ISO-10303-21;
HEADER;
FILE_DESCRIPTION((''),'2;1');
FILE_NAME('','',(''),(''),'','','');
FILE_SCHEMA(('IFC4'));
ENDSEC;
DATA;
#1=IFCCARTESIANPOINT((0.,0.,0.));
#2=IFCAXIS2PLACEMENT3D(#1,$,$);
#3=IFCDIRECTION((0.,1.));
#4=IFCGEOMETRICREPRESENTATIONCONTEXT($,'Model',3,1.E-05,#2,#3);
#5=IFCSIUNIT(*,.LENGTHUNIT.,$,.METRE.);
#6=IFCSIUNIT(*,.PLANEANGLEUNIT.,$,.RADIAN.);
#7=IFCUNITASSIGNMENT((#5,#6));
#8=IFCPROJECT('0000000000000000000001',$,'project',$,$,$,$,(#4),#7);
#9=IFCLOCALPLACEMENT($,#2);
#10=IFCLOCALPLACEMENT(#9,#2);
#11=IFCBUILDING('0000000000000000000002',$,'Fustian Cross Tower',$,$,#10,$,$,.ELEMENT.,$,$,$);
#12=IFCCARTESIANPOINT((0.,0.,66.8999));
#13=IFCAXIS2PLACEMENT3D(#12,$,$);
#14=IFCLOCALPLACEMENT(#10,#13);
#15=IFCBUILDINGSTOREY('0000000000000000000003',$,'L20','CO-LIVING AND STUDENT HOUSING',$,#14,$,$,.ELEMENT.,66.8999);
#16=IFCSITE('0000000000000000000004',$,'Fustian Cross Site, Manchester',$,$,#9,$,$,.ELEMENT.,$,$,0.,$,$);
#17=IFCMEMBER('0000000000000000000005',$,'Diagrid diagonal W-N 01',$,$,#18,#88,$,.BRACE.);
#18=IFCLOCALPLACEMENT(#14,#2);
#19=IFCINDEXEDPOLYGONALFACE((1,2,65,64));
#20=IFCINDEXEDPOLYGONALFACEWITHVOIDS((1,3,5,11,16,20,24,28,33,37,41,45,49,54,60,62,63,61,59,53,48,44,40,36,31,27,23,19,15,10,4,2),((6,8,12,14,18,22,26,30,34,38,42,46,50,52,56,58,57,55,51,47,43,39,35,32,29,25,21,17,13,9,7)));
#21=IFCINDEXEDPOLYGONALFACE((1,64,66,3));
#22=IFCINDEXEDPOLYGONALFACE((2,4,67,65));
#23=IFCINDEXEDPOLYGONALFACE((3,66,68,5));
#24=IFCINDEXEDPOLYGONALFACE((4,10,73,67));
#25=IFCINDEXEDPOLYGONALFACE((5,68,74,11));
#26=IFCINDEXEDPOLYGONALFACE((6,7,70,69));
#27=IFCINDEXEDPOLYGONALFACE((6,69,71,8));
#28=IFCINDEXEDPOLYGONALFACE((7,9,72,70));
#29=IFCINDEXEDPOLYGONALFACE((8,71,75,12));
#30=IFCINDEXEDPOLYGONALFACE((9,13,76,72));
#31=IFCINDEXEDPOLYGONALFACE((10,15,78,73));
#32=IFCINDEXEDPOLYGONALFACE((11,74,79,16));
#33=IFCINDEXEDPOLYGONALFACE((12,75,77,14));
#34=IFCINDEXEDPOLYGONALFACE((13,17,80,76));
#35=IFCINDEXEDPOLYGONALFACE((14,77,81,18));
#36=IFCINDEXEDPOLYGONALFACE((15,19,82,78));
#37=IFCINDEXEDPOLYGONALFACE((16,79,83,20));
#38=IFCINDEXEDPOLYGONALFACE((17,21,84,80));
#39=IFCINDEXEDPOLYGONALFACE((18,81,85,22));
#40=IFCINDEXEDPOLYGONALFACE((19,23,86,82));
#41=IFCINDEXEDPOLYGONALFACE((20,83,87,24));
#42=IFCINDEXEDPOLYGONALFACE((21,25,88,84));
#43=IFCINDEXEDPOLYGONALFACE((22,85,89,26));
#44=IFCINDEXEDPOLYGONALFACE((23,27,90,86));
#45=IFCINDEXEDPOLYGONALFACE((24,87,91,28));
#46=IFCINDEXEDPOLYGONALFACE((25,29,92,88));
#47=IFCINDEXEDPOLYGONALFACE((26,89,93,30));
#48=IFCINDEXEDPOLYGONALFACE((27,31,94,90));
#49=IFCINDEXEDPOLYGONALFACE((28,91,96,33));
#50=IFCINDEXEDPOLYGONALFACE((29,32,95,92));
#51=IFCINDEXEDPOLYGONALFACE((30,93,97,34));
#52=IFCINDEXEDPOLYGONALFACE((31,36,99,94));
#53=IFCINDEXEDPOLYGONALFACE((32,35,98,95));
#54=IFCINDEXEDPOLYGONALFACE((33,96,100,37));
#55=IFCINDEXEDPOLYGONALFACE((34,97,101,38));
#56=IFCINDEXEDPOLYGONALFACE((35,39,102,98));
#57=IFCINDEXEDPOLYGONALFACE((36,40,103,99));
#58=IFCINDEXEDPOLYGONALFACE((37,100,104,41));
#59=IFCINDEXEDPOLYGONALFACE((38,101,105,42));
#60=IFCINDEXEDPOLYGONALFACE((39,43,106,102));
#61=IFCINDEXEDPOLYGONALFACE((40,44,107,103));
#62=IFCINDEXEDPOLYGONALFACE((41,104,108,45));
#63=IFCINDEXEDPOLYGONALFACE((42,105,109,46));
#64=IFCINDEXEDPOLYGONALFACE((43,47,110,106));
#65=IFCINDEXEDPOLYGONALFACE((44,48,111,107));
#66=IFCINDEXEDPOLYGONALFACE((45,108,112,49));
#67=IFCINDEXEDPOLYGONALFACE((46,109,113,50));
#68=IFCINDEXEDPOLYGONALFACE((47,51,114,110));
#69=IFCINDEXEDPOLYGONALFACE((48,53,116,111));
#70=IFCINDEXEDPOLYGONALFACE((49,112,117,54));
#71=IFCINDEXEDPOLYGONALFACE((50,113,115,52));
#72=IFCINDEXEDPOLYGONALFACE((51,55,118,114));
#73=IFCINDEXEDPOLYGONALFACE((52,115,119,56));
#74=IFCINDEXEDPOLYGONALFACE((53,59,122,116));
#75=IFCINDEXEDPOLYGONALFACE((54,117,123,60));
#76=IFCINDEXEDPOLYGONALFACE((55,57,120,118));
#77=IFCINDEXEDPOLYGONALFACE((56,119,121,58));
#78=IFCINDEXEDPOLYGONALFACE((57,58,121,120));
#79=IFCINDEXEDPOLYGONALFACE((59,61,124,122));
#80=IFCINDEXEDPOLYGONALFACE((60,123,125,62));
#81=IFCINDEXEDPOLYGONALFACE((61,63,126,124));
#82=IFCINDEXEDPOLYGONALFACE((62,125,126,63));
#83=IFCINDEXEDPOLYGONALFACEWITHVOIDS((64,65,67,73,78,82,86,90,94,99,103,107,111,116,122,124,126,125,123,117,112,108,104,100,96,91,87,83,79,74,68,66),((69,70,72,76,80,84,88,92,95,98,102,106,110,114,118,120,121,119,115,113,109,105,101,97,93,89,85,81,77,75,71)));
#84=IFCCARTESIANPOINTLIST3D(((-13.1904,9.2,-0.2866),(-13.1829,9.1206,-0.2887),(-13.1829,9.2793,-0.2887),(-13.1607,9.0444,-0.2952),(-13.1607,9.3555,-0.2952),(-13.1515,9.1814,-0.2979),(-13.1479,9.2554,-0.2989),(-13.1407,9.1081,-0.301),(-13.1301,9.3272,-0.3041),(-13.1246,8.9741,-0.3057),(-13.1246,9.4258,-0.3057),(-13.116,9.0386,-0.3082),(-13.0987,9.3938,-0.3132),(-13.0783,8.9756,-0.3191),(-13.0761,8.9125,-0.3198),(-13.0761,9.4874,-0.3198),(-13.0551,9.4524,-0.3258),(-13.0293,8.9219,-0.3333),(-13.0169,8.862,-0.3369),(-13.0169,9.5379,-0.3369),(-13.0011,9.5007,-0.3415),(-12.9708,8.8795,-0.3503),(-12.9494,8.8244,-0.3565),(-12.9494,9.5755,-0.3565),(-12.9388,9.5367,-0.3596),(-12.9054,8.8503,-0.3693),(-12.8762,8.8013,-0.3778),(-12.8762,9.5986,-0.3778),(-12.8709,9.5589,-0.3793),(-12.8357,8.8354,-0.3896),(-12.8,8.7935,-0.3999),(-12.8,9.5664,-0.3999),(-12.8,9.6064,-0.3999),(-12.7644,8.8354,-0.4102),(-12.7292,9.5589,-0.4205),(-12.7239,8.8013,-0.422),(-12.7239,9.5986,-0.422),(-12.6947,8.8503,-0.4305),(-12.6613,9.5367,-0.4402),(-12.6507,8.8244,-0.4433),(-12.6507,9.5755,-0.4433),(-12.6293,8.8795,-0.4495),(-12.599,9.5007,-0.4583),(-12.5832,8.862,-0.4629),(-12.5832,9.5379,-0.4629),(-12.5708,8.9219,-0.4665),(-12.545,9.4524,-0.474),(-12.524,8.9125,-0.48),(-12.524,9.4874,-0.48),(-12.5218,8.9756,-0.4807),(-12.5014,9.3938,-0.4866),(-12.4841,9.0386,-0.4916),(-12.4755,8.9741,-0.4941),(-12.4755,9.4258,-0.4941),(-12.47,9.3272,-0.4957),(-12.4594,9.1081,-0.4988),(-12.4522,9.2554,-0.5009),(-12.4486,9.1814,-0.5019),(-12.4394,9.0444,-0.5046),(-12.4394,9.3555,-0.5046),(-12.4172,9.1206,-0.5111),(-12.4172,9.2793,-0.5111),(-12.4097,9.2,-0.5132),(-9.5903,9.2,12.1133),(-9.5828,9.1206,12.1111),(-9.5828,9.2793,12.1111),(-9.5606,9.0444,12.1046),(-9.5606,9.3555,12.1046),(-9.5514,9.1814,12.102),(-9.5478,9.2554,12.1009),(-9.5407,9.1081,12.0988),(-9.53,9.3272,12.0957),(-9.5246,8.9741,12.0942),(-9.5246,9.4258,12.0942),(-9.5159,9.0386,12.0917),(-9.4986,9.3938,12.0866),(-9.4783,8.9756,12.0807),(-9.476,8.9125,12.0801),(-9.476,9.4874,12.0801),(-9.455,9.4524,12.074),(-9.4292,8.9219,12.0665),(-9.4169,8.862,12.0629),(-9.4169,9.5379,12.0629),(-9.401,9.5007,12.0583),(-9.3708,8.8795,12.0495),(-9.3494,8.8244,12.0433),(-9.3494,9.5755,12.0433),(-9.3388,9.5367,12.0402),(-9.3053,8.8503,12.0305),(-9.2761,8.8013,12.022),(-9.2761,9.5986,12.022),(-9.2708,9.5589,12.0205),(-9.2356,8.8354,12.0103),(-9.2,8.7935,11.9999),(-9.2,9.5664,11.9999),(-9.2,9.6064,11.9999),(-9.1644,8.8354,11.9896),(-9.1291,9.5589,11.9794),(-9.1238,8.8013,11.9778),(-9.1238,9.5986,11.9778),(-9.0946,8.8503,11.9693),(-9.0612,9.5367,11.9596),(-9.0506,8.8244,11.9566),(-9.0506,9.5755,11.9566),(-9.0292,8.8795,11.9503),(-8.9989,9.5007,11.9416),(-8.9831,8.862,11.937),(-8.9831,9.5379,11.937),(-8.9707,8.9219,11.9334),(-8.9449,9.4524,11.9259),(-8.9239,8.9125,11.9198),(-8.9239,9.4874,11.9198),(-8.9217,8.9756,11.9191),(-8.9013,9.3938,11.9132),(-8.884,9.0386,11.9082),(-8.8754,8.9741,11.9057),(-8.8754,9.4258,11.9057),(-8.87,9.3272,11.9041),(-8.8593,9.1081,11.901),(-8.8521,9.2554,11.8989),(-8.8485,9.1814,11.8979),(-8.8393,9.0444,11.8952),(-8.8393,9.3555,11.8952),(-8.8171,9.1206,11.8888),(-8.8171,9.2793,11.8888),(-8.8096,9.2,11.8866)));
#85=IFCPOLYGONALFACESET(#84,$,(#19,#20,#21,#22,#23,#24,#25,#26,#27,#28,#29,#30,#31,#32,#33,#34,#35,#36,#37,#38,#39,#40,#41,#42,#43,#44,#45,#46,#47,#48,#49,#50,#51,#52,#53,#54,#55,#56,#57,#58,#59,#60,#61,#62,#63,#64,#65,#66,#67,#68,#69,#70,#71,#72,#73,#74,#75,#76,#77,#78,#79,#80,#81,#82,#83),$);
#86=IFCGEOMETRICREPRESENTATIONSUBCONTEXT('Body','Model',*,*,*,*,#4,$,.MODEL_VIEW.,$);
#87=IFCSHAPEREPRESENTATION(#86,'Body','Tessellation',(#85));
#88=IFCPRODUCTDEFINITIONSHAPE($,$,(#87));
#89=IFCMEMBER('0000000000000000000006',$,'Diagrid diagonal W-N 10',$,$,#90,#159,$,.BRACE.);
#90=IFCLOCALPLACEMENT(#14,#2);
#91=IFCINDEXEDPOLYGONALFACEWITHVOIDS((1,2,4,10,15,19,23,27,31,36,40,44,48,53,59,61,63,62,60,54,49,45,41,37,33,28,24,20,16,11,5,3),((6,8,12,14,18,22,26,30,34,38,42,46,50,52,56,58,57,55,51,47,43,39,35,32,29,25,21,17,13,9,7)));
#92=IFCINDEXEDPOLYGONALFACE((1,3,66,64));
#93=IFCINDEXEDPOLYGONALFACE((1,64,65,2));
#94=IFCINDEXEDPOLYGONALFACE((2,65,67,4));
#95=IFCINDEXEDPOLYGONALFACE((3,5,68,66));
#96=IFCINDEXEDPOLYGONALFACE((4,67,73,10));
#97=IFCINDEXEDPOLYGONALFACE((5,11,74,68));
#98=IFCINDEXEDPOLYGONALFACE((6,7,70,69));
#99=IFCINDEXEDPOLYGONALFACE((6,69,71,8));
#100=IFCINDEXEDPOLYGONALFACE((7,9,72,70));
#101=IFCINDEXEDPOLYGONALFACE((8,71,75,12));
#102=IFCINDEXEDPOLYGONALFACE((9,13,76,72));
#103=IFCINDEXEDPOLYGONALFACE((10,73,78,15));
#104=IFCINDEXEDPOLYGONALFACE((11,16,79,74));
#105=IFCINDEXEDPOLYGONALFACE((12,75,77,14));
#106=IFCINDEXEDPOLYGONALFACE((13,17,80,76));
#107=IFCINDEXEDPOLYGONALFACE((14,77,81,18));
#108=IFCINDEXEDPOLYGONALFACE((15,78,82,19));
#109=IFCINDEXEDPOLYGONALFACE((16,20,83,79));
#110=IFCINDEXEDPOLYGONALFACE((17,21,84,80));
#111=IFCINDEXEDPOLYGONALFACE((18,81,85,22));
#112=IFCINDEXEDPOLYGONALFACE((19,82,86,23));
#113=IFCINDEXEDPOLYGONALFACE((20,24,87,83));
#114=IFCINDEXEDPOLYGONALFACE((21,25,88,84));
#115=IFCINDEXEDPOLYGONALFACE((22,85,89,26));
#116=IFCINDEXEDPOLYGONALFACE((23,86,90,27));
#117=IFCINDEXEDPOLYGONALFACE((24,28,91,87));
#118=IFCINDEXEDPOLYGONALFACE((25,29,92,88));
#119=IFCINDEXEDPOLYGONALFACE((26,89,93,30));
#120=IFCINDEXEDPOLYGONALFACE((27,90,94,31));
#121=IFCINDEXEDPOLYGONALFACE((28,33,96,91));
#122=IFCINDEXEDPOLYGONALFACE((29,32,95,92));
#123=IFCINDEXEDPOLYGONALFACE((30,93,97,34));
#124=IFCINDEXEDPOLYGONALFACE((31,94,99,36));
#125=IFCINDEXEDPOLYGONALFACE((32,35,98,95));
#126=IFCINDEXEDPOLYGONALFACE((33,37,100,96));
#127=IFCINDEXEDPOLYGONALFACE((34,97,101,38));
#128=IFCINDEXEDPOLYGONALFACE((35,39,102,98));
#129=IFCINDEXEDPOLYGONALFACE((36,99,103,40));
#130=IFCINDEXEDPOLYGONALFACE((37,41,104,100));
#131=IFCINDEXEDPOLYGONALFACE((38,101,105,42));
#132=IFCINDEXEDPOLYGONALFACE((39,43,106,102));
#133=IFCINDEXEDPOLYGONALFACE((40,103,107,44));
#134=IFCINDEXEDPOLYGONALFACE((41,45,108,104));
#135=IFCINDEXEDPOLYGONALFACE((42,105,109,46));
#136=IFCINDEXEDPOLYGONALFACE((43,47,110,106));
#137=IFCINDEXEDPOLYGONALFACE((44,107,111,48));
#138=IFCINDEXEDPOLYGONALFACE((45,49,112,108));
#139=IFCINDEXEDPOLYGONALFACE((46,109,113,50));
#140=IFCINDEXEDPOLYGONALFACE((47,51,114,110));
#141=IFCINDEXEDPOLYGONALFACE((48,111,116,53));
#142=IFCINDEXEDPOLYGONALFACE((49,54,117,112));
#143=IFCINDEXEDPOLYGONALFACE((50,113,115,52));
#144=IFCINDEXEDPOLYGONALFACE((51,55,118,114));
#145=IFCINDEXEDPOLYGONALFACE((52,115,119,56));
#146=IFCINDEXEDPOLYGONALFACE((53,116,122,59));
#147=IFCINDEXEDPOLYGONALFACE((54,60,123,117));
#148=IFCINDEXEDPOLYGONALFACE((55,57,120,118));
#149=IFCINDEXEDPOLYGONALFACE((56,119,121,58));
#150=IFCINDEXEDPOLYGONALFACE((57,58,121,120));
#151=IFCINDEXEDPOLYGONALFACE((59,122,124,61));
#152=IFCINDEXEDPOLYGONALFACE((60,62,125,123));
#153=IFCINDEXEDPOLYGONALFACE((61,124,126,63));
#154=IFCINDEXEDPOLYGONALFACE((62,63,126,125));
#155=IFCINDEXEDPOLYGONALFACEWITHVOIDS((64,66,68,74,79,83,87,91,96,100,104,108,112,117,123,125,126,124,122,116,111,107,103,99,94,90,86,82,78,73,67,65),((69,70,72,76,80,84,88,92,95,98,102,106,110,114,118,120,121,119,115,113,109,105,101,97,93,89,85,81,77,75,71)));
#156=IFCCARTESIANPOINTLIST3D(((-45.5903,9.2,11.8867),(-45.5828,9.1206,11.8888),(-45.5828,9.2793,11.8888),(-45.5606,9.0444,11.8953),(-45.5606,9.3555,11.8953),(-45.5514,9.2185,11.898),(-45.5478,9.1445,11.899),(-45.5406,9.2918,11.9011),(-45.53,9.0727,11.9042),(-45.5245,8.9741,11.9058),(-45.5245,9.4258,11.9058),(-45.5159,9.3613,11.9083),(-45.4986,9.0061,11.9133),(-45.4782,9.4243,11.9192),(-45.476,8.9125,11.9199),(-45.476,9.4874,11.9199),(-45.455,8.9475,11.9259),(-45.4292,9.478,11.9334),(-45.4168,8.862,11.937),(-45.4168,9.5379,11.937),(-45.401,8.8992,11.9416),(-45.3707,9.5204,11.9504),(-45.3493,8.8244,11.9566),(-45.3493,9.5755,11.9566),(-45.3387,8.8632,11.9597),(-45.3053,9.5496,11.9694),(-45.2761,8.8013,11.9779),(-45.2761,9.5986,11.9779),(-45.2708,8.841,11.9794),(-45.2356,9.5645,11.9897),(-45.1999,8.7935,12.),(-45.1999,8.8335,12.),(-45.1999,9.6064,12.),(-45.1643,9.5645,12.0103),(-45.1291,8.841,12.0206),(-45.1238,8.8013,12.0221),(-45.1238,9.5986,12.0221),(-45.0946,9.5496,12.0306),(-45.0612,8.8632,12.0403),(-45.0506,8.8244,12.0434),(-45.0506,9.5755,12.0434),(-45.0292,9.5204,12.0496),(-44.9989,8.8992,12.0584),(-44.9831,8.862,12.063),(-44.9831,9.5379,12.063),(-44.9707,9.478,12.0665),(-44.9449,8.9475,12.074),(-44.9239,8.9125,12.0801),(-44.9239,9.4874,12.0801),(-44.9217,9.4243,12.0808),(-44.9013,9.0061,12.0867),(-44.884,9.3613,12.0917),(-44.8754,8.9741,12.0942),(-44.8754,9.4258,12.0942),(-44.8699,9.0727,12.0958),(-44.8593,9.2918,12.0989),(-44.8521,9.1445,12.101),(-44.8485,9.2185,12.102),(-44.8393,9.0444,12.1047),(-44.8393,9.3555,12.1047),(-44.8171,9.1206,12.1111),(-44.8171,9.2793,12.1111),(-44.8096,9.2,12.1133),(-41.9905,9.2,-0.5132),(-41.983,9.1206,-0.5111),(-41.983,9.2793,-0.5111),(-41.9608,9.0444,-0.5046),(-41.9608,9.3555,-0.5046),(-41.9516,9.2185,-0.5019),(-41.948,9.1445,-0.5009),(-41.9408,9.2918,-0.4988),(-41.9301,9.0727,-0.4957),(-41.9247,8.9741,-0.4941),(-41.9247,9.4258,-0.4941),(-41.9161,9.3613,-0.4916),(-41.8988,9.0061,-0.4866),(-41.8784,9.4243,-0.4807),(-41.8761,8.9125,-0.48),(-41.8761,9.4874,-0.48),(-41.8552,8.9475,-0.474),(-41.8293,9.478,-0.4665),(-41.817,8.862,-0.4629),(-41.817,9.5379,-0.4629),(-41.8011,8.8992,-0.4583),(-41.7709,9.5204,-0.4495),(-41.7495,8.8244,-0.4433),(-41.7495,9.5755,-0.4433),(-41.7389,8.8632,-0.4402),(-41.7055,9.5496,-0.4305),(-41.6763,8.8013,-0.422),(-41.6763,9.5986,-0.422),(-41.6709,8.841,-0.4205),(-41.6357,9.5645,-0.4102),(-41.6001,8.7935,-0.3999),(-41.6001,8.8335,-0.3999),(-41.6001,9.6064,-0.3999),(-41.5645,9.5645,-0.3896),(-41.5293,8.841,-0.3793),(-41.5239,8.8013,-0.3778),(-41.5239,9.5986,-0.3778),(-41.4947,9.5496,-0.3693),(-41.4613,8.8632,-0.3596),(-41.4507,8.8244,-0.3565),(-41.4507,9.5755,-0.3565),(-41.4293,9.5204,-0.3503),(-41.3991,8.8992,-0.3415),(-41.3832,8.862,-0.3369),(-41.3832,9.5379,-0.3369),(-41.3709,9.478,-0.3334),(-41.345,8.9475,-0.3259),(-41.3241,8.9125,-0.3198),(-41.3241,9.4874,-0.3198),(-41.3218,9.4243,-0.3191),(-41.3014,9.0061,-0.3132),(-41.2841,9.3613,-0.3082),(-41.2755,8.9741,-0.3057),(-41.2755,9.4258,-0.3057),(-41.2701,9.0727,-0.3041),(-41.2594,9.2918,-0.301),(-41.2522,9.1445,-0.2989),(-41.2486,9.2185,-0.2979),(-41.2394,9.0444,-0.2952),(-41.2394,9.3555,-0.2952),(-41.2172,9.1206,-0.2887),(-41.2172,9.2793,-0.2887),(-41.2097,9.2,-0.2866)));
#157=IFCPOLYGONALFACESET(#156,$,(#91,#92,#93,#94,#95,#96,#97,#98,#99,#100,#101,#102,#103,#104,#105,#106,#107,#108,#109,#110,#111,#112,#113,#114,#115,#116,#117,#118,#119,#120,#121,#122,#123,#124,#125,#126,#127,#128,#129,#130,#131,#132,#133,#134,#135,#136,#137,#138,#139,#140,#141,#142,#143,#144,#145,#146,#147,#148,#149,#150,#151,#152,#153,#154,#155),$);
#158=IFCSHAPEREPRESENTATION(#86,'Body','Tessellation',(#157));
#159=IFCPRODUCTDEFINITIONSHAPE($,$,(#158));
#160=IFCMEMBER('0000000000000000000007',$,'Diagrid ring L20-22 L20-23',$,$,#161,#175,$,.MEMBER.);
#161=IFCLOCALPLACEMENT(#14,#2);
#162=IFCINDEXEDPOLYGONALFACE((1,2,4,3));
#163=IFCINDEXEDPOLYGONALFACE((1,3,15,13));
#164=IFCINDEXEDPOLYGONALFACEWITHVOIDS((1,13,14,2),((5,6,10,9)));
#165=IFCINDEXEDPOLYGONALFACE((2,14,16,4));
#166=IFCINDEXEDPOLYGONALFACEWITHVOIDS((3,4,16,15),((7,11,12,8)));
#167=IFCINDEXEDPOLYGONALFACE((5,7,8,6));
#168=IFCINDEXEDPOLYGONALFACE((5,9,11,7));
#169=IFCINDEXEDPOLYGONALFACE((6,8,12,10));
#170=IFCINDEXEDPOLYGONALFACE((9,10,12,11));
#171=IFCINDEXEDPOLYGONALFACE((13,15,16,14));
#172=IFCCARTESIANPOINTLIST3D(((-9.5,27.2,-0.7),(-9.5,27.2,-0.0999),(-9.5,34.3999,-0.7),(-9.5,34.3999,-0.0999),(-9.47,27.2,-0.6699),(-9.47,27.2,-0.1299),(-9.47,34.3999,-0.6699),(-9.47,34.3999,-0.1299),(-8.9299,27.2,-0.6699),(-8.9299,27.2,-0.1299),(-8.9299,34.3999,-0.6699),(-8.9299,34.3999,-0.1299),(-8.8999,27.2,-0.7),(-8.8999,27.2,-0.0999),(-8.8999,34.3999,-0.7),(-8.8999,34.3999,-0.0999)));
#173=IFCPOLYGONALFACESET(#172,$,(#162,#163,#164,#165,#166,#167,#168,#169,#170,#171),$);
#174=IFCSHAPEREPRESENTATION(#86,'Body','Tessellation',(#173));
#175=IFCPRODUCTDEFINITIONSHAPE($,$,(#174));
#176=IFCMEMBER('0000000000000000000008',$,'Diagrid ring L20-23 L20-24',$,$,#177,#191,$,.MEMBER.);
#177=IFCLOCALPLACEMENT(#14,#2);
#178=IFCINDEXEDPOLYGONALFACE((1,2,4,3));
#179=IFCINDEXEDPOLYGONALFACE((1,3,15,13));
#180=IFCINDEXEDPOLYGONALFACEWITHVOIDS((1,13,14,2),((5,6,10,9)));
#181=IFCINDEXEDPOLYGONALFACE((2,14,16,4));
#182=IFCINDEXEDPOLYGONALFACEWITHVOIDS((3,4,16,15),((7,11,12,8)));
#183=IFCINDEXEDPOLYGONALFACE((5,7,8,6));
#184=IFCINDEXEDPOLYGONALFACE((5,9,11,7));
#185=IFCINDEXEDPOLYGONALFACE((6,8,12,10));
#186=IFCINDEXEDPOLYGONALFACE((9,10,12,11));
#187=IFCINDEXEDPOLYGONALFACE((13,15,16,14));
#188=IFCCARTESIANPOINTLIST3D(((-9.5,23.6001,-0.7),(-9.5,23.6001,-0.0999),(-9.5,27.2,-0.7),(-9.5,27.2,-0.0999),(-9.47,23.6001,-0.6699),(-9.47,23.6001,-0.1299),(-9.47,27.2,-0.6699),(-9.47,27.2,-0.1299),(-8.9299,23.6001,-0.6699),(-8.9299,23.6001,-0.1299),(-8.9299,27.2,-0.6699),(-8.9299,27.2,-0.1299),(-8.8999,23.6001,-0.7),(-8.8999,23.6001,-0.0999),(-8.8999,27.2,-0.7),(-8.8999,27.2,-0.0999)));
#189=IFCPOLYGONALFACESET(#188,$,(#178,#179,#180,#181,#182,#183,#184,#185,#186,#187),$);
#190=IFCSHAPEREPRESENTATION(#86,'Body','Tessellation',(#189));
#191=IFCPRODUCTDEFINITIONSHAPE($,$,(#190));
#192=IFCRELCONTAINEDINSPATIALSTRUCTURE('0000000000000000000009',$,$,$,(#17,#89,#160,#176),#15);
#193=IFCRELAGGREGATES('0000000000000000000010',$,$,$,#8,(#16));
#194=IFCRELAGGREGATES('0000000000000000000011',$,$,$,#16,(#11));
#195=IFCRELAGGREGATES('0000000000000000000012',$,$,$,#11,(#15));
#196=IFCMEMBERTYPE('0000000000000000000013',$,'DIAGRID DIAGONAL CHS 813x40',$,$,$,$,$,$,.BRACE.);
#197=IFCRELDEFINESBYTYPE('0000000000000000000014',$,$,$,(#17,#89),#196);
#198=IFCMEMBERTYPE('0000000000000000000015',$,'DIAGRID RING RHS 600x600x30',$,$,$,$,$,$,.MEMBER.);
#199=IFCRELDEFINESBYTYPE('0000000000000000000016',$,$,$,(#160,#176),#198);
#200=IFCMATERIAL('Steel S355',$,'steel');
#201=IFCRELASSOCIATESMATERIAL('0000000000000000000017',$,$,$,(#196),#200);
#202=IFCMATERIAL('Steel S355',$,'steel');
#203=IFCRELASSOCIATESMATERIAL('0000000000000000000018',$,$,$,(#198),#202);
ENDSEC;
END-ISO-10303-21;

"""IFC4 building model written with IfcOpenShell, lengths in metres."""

from ifc_helpers import new_model, si_unit, direction, frame, origin, origin_2d, place, context, subcontext, project, spatial, hollow_rectangle, hollow_circle, extrude, material, material_profile, profile_set, type_object, element, save


model = new_model("IFC4")

# Units and contexts
model_context = context("Model", 3, precision=1e-05, world=origin(), true_north=direction((0.0, 1.0)))
body_context = subcontext(model_context, "Body", "Model", "MODEL_VIEW")
ifc_project = project(units=[si_unit("LENGTHUNIT", "METRE"), si_unit("PLANEANGLEUNIT", "RADIAN")], contexts=[model_context])

# Site, building, storey
site_placement = place(None, origin())
site = spatial("IfcSite", under=ifc_project, at=site_placement, Name="Fustian Cross Site, Manchester", CompositionType="ELEMENT", RefElevation=0.0)
building_placement = place(site_placement, origin())
building = spatial("IfcBuilding", under=site, at=building_placement, Name="Fustian Cross Tower", CompositionType="ELEMENT")
storey_placement = place(building_placement, frame((0.0, 0.0, 66.8999)))
storey = spatial("IfcBuildingStorey", under=building, at=storey_placement, Name="L20", Description="CO-LIVING AND STUDENT HOUSING", CompositionType="ELEMENT", Elevation=66.8999)

# Members
ifc_material_1 = material(Name="Steel S355", Category="steel")
ifc_material_profile_1 = material_profile(ifc_material_1, hollow_circle(Radius=0.4065, WallThickness=0.04, at=origin_2d()), Name="CHS 813x40")
ifc_profile_set_1 = profile_set([ifc_material_profile_1], Name="Steel S355")
member_type_1 = type_object("IfcMemberType", Name="DIAGRID DIAGONAL CHS 813x40", PredefinedType="BRACE", material=ifc_profile_set_1)
for number, where, z_axis, x_axis, name in (
    (1, (-12.8, 9.2, -0.3999), (0.278819, 0.0, 0.960344), (0.0, 1.0, 0.0), "Diagrid diagonal W-N 01"),
    (2, (-41.6001, 9.2, -0.3999), (-0.278802, 0.0, 0.960349), (0.0, -1.0, 0.0), "Diagrid diagonal W-N 10"),
):
    element("IfcMember", number, at=place(storey_placement, frame(where, z_axis=z_axis, x_axis=x_axis)), inside=storey, type_object=member_type_1, Name=name, PredefinedType="BRACE", context=body_context, shape_type="SweptSolid", body=[
        extrude(hollow_circle(Radius=0.4065, WallThickness=0.04, at=origin_2d()), origin(), (0.0, 0.0, 1.0), 12.9119),
    ])
ifc_material_2 = material(Name="Steel S355", Category="steel")
ifc_material_profile_2 = material_profile(ifc_material_2, hollow_rectangle(XDim=0.6001, YDim=0.6001, WallThickness=0.03, at=origin_2d()), Name="RHS 600x600x30")
ifc_profile_set_2 = profile_set([ifc_material_profile_2], Name="Steel S355")
member_type_2 = type_object("IfcMemberType", Name="DIAGRID RING RHS 600x600x30", PredefinedType="MEMBER", material=ifc_profile_set_2)
member_1_placement = place(storey_placement, frame((-9.2, 34.3999, -0.3999), z_axis=(0.0, -1.0, 0.0), x_axis=(1.0, 0.0, 0.0)))
element("IfcMember", 3, at=member_1_placement, inside=storey, type_object=member_type_2, Name="Diagrid ring L20-22 L20-23", PredefinedType="MEMBER", context=body_context, shape_type="SweptSolid", body=[
    extrude(hollow_rectangle(XDim=0.6001, YDim=0.6001, WallThickness=0.03, at=origin_2d()), origin(), (0.0, 0.0, 1.0), 7.2),
])
member_2_placement = place(storey_placement, frame((-9.2, 27.2, -0.3999), z_axis=(0.0, -1.0, 0.0), x_axis=(1.0, 0.0, 0.0)))
element("IfcMember", 4, at=member_2_placement, inside=storey, type_object=member_type_2, Name="Diagrid ring L20-23 L20-24", PredefinedType="MEMBER", context=body_context, shape_type="SweptSolid", body=[
    extrude(hollow_rectangle(XDim=0.6001, YDim=0.6001, WallThickness=0.03, at=origin_2d()), origin(), (0.0, 0.0, 1.0), 3.5999),
])

save(model, "model.ifc")
